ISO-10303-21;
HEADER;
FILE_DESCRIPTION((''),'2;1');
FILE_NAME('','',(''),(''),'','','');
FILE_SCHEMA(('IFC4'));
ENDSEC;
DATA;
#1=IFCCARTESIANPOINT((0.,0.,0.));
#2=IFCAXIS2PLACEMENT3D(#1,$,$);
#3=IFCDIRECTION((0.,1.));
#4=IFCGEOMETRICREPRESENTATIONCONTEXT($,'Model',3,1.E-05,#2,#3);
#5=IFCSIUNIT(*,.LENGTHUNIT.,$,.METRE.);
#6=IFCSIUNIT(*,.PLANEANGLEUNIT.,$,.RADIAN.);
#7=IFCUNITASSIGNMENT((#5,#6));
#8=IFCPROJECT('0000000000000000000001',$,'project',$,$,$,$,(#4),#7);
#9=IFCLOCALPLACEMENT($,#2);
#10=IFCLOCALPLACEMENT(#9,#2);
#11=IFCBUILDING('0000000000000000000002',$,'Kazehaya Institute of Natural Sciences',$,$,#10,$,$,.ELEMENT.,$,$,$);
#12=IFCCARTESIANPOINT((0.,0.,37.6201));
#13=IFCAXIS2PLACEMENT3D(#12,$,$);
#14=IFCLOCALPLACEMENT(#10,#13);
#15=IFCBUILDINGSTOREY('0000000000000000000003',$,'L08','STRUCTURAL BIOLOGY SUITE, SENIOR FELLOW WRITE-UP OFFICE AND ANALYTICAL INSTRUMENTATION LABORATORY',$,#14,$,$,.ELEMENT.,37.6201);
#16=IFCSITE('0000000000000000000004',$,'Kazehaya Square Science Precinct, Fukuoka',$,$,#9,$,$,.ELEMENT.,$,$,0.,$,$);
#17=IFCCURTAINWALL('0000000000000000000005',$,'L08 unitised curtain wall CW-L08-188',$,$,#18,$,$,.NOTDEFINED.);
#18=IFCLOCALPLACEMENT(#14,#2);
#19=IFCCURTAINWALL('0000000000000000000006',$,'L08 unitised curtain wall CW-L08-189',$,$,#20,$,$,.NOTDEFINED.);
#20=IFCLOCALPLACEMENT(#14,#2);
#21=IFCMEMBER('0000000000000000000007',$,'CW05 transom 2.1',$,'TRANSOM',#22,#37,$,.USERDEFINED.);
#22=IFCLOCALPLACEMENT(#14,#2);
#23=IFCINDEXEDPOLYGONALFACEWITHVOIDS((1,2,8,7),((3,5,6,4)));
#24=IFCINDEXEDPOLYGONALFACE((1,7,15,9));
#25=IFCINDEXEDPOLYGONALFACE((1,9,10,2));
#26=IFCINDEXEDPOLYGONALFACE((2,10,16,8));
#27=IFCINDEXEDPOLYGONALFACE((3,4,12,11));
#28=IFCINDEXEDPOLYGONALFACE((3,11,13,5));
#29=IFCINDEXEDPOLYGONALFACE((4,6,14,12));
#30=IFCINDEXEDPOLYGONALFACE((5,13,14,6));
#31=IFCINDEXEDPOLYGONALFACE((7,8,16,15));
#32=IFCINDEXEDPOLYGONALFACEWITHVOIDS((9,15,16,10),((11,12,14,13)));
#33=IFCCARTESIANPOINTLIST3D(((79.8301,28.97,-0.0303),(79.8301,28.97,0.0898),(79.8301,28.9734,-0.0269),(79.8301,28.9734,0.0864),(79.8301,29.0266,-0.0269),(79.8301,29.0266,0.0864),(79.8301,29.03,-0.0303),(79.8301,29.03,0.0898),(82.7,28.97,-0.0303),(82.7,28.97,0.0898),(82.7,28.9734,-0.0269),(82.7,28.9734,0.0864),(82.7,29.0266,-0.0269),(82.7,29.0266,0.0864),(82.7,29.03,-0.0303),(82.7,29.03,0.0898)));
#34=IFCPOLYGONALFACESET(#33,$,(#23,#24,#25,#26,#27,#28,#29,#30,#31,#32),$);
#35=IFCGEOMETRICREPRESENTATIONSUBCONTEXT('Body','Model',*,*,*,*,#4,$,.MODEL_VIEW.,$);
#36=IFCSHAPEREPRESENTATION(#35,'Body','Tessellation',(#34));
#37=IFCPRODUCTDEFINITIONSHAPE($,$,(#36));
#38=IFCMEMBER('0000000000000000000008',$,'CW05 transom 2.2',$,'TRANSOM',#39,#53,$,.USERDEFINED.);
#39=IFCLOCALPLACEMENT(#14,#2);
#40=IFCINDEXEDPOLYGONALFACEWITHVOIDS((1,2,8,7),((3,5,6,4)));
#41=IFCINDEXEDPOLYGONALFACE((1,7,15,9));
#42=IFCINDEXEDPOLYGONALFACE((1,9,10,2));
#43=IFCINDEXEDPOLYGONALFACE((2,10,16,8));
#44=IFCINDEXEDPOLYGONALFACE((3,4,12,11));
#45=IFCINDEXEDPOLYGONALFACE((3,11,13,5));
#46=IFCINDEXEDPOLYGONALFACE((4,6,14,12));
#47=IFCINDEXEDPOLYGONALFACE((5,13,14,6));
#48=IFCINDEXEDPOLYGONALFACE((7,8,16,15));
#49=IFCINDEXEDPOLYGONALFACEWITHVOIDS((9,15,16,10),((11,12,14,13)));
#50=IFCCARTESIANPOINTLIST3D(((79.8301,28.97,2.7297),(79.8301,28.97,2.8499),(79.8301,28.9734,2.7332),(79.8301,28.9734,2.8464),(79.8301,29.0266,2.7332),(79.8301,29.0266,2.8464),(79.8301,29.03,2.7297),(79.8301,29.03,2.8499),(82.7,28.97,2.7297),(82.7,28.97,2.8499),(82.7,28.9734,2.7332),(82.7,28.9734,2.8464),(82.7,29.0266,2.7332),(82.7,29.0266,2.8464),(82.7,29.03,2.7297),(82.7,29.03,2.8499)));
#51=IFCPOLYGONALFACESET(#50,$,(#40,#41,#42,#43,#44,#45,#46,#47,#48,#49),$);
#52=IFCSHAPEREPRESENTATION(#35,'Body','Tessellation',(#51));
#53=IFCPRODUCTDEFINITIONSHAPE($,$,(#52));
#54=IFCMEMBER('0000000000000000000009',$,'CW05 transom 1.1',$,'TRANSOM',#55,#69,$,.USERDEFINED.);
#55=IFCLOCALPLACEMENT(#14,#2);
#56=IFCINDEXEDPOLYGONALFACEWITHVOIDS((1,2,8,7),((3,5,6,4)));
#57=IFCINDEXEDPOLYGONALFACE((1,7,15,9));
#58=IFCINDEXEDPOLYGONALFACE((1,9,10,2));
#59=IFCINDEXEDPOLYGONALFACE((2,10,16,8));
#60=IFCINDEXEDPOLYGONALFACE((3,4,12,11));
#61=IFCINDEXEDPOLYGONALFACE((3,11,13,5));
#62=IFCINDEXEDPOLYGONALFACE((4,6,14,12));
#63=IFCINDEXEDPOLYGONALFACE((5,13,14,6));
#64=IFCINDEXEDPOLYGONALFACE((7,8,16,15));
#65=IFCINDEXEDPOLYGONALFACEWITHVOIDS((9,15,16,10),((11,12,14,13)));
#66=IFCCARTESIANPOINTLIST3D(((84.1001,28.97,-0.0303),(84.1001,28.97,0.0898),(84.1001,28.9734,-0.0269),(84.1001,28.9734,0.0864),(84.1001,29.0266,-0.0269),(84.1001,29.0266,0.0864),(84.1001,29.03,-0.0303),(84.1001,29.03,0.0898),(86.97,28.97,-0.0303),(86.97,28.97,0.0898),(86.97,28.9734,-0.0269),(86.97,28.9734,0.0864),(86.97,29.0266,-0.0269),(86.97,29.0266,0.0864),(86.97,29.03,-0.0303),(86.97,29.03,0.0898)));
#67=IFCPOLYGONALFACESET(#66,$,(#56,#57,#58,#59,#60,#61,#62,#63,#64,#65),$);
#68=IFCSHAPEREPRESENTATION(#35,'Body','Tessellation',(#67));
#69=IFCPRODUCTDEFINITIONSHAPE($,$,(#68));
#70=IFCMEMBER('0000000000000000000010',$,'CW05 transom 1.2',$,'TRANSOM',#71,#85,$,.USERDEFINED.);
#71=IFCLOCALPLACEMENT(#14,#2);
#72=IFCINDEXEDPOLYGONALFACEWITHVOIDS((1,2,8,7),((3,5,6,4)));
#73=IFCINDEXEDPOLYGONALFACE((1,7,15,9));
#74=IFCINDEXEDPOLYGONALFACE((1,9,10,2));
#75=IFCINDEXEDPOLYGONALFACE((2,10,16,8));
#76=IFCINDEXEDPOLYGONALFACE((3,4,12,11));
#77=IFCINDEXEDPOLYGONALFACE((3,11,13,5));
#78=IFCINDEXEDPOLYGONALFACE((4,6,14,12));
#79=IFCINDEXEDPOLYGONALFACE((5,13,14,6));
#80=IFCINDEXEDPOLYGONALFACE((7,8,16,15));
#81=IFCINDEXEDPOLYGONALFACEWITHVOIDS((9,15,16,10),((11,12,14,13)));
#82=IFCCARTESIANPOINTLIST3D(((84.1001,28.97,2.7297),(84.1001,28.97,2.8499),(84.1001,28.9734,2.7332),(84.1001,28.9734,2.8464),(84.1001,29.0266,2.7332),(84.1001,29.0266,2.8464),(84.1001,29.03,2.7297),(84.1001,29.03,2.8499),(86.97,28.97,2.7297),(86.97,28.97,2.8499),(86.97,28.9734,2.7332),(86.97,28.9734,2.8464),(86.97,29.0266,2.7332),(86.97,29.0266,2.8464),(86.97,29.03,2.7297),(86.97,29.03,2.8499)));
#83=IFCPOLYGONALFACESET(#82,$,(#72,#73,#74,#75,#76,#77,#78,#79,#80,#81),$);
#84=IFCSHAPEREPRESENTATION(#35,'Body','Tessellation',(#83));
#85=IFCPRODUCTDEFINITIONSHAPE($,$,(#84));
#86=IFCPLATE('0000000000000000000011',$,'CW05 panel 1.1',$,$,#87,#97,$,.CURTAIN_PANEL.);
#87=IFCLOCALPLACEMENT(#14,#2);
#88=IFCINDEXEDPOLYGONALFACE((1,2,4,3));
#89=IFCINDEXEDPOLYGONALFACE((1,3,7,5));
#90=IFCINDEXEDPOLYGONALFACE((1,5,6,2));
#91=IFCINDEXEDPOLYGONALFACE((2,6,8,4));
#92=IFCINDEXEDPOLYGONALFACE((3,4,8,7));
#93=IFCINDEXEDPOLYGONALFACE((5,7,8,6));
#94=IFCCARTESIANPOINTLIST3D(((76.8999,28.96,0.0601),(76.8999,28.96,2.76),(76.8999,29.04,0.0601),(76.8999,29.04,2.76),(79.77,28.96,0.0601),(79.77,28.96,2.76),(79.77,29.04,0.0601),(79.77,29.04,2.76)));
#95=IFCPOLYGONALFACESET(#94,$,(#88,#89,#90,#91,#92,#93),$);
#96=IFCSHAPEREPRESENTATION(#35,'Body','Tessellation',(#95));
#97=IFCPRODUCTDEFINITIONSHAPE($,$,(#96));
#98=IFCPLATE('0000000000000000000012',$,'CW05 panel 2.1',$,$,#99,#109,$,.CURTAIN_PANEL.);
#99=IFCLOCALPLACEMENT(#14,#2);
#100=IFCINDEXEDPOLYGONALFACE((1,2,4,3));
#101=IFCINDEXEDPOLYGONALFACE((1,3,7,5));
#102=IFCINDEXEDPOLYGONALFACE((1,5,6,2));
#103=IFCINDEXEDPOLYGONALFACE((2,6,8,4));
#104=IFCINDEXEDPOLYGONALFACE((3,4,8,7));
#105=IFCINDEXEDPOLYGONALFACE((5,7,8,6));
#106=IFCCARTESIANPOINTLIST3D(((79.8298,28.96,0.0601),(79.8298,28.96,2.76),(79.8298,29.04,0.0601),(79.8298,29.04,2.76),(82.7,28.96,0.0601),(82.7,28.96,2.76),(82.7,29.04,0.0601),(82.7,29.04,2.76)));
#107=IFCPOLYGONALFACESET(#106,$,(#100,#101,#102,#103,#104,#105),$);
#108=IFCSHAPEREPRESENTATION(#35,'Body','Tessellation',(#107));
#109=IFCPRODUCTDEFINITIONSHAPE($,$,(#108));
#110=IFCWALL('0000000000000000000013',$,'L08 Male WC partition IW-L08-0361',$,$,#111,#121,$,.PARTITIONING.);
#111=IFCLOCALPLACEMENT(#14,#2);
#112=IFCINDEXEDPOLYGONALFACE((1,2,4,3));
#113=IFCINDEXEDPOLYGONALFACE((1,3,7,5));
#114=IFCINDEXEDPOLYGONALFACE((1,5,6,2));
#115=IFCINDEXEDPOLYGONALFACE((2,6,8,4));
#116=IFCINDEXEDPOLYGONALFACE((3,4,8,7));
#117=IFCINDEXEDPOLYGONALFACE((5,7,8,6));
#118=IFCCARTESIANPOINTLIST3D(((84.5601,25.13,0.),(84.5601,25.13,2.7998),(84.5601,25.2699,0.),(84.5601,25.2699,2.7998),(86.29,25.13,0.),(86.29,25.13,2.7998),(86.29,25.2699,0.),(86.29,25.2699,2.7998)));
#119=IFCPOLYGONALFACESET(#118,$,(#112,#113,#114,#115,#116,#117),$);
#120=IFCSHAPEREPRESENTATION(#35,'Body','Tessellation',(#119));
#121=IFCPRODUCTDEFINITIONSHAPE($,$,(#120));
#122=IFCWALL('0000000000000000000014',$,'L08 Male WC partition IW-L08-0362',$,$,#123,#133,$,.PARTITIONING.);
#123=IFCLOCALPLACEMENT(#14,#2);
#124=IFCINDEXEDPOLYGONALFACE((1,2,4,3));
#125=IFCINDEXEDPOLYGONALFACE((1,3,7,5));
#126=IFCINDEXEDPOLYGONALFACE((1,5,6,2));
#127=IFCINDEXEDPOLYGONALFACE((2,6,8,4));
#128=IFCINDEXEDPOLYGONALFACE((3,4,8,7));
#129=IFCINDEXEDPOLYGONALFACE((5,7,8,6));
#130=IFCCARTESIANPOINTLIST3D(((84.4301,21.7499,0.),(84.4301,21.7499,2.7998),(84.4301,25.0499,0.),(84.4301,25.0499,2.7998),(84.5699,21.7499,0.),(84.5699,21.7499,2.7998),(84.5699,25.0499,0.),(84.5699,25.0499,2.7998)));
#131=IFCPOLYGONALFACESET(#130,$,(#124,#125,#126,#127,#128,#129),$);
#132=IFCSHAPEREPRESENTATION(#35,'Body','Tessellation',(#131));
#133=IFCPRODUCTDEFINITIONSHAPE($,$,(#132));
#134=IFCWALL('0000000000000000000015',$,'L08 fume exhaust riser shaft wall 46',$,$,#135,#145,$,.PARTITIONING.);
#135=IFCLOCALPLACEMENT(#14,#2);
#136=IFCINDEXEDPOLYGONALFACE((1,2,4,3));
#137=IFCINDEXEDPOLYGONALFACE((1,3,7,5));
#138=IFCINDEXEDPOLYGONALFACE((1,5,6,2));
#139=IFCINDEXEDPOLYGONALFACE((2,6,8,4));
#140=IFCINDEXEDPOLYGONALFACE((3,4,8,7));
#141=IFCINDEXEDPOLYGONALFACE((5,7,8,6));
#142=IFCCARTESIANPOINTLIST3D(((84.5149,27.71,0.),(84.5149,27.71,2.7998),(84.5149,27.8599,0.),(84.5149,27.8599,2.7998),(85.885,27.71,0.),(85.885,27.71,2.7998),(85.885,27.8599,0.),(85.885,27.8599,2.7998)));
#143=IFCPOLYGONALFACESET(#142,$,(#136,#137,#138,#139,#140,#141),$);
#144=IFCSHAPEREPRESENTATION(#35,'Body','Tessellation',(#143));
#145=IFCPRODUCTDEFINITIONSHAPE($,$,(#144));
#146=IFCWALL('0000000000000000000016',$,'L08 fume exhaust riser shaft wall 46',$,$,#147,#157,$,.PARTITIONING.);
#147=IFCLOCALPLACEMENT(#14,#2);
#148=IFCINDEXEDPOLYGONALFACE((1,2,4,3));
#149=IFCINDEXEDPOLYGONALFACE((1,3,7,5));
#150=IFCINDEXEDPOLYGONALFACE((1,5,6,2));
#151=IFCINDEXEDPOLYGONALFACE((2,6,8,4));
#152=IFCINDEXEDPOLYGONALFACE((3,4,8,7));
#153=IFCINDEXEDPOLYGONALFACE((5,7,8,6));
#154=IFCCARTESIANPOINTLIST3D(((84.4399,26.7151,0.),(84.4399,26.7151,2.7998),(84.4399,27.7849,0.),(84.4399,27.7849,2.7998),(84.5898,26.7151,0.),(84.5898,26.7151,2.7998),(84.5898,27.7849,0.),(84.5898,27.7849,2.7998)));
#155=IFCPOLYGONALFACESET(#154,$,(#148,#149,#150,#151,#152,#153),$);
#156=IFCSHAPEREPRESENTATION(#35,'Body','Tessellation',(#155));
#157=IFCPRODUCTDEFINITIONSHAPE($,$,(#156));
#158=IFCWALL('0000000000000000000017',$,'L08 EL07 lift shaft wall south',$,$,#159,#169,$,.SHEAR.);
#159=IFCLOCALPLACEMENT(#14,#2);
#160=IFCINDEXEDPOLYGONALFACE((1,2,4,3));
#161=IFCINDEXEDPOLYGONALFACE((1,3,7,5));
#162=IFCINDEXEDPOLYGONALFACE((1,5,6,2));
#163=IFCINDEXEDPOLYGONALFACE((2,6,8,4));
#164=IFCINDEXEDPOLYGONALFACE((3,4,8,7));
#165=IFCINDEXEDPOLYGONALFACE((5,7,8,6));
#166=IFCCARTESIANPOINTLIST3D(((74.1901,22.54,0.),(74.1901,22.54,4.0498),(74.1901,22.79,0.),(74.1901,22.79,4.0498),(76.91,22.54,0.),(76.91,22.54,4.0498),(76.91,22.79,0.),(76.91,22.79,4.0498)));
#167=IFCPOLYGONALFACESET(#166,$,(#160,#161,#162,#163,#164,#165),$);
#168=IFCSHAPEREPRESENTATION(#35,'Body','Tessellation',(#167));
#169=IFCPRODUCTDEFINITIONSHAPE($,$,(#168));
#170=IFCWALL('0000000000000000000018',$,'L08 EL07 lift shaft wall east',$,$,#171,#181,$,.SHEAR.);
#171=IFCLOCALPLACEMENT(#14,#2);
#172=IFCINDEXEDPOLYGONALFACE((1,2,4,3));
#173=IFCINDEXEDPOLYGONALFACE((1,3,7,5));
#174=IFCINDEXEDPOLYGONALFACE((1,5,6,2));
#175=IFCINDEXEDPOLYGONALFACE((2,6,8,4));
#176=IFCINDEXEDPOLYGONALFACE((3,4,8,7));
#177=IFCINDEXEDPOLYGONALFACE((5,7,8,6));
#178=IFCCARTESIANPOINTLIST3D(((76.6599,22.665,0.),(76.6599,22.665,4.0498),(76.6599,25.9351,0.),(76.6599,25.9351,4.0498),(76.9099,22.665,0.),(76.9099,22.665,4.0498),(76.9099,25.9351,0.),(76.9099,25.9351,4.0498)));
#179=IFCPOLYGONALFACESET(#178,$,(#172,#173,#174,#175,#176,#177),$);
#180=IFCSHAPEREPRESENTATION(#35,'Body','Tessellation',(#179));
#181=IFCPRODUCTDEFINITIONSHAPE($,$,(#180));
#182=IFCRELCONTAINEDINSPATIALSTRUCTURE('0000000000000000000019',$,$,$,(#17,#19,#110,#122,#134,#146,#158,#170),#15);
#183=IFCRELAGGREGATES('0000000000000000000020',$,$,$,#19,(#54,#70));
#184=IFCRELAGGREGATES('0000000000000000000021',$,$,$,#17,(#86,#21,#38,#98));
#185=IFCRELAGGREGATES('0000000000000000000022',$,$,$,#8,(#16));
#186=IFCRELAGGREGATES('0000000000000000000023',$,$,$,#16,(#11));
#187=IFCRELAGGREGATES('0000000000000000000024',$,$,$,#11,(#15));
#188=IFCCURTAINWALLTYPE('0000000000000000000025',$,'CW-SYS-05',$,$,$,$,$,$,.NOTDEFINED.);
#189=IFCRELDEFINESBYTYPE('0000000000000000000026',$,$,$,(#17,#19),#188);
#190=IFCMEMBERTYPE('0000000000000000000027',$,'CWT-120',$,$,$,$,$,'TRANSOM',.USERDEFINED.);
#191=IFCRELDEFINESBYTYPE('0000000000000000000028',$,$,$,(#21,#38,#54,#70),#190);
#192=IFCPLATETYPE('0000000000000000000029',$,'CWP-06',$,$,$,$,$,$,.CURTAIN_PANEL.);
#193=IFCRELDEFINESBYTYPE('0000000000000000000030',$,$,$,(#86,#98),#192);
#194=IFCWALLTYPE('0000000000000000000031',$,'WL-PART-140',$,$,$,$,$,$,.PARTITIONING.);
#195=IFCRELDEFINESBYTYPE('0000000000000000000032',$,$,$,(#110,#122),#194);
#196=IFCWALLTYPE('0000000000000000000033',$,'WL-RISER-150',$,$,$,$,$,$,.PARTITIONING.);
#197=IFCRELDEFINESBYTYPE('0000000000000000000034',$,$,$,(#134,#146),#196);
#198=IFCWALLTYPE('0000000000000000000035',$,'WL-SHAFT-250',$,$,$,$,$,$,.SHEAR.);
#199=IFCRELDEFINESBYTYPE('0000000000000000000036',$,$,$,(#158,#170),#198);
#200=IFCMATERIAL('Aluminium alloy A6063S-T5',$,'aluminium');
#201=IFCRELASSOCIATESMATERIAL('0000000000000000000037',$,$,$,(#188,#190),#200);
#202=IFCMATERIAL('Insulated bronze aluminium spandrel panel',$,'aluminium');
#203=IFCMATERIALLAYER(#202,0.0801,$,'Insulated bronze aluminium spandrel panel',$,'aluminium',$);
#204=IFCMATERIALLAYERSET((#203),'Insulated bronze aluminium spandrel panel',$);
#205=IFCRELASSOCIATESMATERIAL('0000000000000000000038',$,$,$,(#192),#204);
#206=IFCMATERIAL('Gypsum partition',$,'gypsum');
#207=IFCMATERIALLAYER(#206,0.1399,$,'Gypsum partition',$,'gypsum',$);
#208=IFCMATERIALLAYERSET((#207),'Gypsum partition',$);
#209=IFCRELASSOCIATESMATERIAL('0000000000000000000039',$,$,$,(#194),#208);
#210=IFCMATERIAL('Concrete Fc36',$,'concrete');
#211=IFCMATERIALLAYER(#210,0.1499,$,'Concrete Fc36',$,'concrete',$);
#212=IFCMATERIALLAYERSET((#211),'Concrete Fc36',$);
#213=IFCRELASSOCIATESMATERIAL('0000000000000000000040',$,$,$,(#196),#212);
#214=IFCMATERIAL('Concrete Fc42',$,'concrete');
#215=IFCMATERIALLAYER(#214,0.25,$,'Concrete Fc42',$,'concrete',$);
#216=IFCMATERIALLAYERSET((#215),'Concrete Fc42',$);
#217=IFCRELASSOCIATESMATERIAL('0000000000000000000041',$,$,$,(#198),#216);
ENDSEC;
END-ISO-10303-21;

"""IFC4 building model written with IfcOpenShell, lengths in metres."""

from ifc_helpers import new_model, si_unit, direction, frame, frame_2d, origin, origin_2d, place, context, subcontext, project, spatial, rectangle, hollow_rectangle, extrude, material, layer, layer_set, material_profile, profile_set, type_object, element, aggregate, save


model = new_model("IFC4")

# Units and contexts
model_context = context("Model", 3, precision=1e-05, world=origin(), true_north=direction((0.0, 1.0)))
body_context = subcontext(model_context, "Body", "Model", "MODEL_VIEW")
ifc_project = project(units=[si_unit("LENGTHUNIT", "METRE"), si_unit("PLANEANGLEUNIT", "RADIAN")], contexts=[model_context])

# Site, building, storey
site_placement = place(None, origin())
site = spatial("IfcSite", under=ifc_project, at=site_placement, Name="Kazehaya Square Science Precinct, Fukuoka", CompositionType="ELEMENT", RefElevation=0.0)
building_placement = place(site_placement, origin())
building = spatial("IfcBuilding", under=site, at=building_placement, Name="Kazehaya Institute of Natural Sciences", CompositionType="ELEMENT")
storey_placement = place(building_placement, frame((0.0, 0.0, 37.6201)))
storey = spatial("IfcBuildingStorey", under=building, at=storey_placement, Name="L08", Description="STRUCTURAL BIOLOGY SUITE, SENIOR FELLOW WRITE-UP OFFICE AND ANALYTICAL INSTRUMENTATION LABORATORY", CompositionType="ELEMENT", Elevation=37.6201)

# Shared definitions
ifc_material_1 = material(Name="Concrete Fc36", Category="concrete")

# Curtain wall
ifc_material_2 = material(Name="Aluminium alloy A6063S-T5", Category="aluminium")
curtain_wall_type = type_object("IfcCurtainWallType", Name="CW-SYS-05", PredefinedType="NOTDEFINED", material=ifc_material_2)
curtain_wall_1_placement = place(storey_placement, origin())
curtain_wall_1 = element("IfcCurtainWall", 1, at=curtain_wall_1_placement, inside=storey, type_object=curtain_wall_type, Name="L08 unitised curtain wall CW-L08-188", PredefinedType="NOTDEFINED")

# Curtain wall
curtain_wall_2_placement = place(storey_placement, origin())
curtain_wall_2 = element("IfcCurtainWall", 2, at=curtain_wall_2_placement, inside=storey, type_object=curtain_wall_type, Name="L08 unitised curtain wall CW-L08-189", PredefinedType="NOTDEFINED")

# Members
ifc_material_profile_1 = material_profile(ifc_material_2, hollow_rectangle(XDim=0.0601, YDim=0.1201, WallThickness=0.0034, at=origin_2d()), Name="ALU-60x120x3.5")
ifc_profile_set_1 = profile_set([ifc_material_profile_1], Name="Aluminium alloy A6063S-T5")
member_type_1 = type_object("IfcMemberType", Name="CWT-120", ElementType="TRANSOM", PredefinedType="USERDEFINED", material=ifc_profile_set_1)
member_1_placement = place(storey_placement, frame((79.8301, 29.0, 0.0298), z_axis=(1.0, 0.0, 0.0), x_axis=(0.0, 1.0, 0.0)))
member_1 = element("IfcMember", 3, at=member_1_placement, type_object=member_type_1, Name="CW05 transom 2.1", ObjectType="TRANSOM", PredefinedType="USERDEFINED", context=body_context, shape_type="SweptSolid", body=[
    extrude(hollow_rectangle(XDim=0.0601, YDim=0.1201, WallThickness=0.0034, at=origin_2d()), origin(), (0.0, 0.0, 1.0), 2.8699),
])
member_2_placement = place(storey_placement, frame((79.8301, 29.0, 2.7898), z_axis=(1.0, 0.0, 0.0), x_axis=(0.0, 1.0, 0.0)))
member_2 = element("IfcMember", 4, at=member_2_placement, type_object=member_type_1, Name="CW05 transom 2.2", ObjectType="TRANSOM", PredefinedType="USERDEFINED", context=body_context, shape_type="SweptSolid", body=[
    extrude(hollow_rectangle(XDim=0.0601, YDim=0.1201, WallThickness=0.0034, at=origin_2d()), origin(), (0.0, 0.0, 1.0), 2.8699),
])
member_3_placement = place(storey_placement, frame((84.1001, 29.0, 0.0298), z_axis=(1.0, 0.0, 0.0), x_axis=(0.0, 1.0, 0.0)))
member_3 = element("IfcMember", 5, at=member_3_placement, type_object=member_type_1, Name="CW05 transom 1.1", ObjectType="TRANSOM", PredefinedType="USERDEFINED", context=body_context, shape_type="SweptSolid", body=[
    extrude(hollow_rectangle(XDim=0.0601, YDim=0.1201, WallThickness=0.0034, at=origin_2d()), origin(), (0.0, 0.0, 1.0), 2.8699),
])
member_4_placement = place(storey_placement, frame((84.1001, 29.0, 2.7898), z_axis=(1.0, 0.0, 0.0), x_axis=(0.0, 1.0, 0.0)))
member_4 = element("IfcMember", 6, at=member_4_placement, type_object=member_type_1, Name="CW05 transom 1.2", ObjectType="TRANSOM", PredefinedType="USERDEFINED", context=body_context, shape_type="SweptSolid", body=[
    extrude(hollow_rectangle(XDim=0.0601, YDim=0.1201, WallThickness=0.0034, at=origin_2d()), origin(), (0.0, 0.0, 1.0), 2.8699),
])
aggregate(curtain_wall_2, [member_3, member_4])

# Plates
ifc_material_3 = material(Name="Insulated bronze aluminium spandrel panel", Category="aluminium")
ifc_layer_1 = layer(ifc_material_3, 0.0801, Name="Insulated bronze aluminium spandrel panel", Category="aluminium")
ifc_layer_set_1 = layer_set([ifc_layer_1], Name="Insulated bronze aluminium spandrel panel")
plate_type = type_object("IfcPlateType", Name="CWP-06", PredefinedType="CURTAIN_PANEL", material=ifc_layer_set_1)
plate_1_placement = place(storey_placement, frame((78.335, 29.0, 0.0601), z_axis=(0.0, 0.0, 1.0), x_axis=(1.0, 0.0, 0.0)))
plate_1 = element("IfcPlate", 7, at=plate_1_placement, type_object=plate_type, Name="CW05 panel 1.1", PredefinedType="CURTAIN_PANEL", context=body_context, shape_type="SweptSolid", body=[
    extrude(rectangle(XDim=2.8701, YDim=0.0801, at=origin_2d()), origin(), (0.0, 0.0, 1.0), 2.7),
])
plate_2_placement = place(storey_placement, frame((81.2649, 29.0, 0.0601), z_axis=(0.0, 0.0, 1.0), x_axis=(1.0, 0.0, 0.0)))
plate_2 = element("IfcPlate", 8, at=plate_2_placement, type_object=plate_type, Name="CW05 panel 2.1", PredefinedType="CURTAIN_PANEL", context=body_context, shape_type="SweptSolid", body=[
    extrude(rectangle(XDim=2.8701, YDim=0.0801, at=origin_2d()), origin(), (0.0, 0.0, 1.0), 2.7),
])
aggregate(curtain_wall_1, [plate_1, member_1, member_2, plate_2])

# Walls
ifc_material_4 = material(Name="Gypsum partition", Category="gypsum")
ifc_layer_2 = layer(ifc_material_4, 0.1399, Name="Gypsum partition", Category="gypsum")
ifc_layer_set_2 = layer_set([ifc_layer_2], Name="Gypsum partition")
wall_type_1 = type_object("IfcWallType", Name="WL-PART-140", PredefinedType="PARTITIONING", material=ifc_layer_set_2)
wall_1_placement = place(storey_placement, frame((84.5601, 25.2, 0.0), z_axis=(0.0, 0.0, 1.0), x_axis=(1.0, 0.0, 0.0)))
element("IfcWall", 9, at=wall_1_placement, inside=storey, type_object=wall_type_1, Name="L08 Male WC partition IW-L08-0361", PredefinedType="PARTITIONING", context=body_context, shape_type="SweptSolid", body=[
    extrude(rectangle(XDim=1.73, YDim=0.1399, at=frame_2d((0.865, 0.0))), origin(), (0.0, 0.0, 1.0), 2.7998),
])
wall_2_placement = place(storey_placement, frame((84.5, 21.75, 0.0), z_axis=(0.0, 0.0, 1.0), x_axis=(0.0, 1.0, 0.0)))
element("IfcWall", 10, at=wall_2_placement, inside=storey, type_object=wall_type_1, Name="L08 Male WC partition IW-L08-0362", PredefinedType="PARTITIONING", context=body_context, shape_type="SweptSolid", body=[
    extrude(rectangle(XDim=3.3, YDim=0.1399, at=frame_2d((1.6499, 0.0))), origin(), (0.0, 0.0, 1.0), 2.7998),
])
ifc_layer_3 = layer(ifc_material_1, 0.1499, Name="Concrete Fc36", Category="concrete")
ifc_layer_set_3 = layer_set([ifc_layer_3], Name="Concrete Fc36")
wall_type_2 = type_object("IfcWallType", Name="WL-RISER-150", PredefinedType="PARTITIONING", material=ifc_layer_set_3)
wall_3_placement = place(storey_placement, frame((84.5149, 27.7849, 0.0), z_axis=(0.0, 0.0, 1.0), x_axis=(1.0, 0.0, 0.0)))
element("IfcWall", 11, at=wall_3_placement, inside=storey, type_object=wall_type_2, Name="L08 fume exhaust riser shaft wall 46", PredefinedType="PARTITIONING", context=body_context, shape_type="SweptSolid", body=[
    extrude(rectangle(XDim=1.3701, YDim=0.1499, at=frame_2d((0.6851, 0.0))), origin(), (0.0, 0.0, 1.0), 2.7998),
])
wall_4_placement = place(storey_placement, frame((84.5149, 26.7151, 0.0), z_axis=(0.0, 0.0, 1.0), x_axis=(0.0, 1.0, 0.0)))
element("IfcWall", 12, at=wall_4_placement, inside=storey, type_object=wall_type_2, Name="L08 fume exhaust riser shaft wall 46", PredefinedType="PARTITIONING", context=body_context, shape_type="SweptSolid", body=[
    extrude(rectangle(XDim=1.0698, YDim=0.1499, at=frame_2d((0.5349, 0.0))), origin(), (0.0, 0.0, 1.0), 2.7998),
])
ifc_material_5 = material(Name="Concrete Fc42", Category="concrete")
ifc_layer_4 = layer(ifc_material_5, 0.25, Name="Concrete Fc42", Category="concrete")
ifc_layer_set_4 = layer_set([ifc_layer_4], Name="Concrete Fc42")
wall_type_3 = type_object("IfcWallType", Name="WL-SHAFT-250", PredefinedType="SHEAR", material=ifc_layer_set_4)
wall_5_placement = place(storey_placement, frame((76.9099, 22.665, 0.0), z_axis=(0.0, 0.0, 1.0), x_axis=(-1.0, 0.0, 0.0)))
element("IfcWall", 13, at=wall_5_placement, inside=storey, type_object=wall_type_3, Name="L08 EL07 lift shaft wall south", PredefinedType="SHEAR", context=body_context, shape_type="SweptSolid", body=[
    extrude(rectangle(XDim=2.72, YDim=0.25, at=frame_2d((1.3599, 0.0))), origin(), (0.0, 0.0, 1.0), 4.0498),
])
wall_6_placement = place(storey_placement, frame((76.7849, 25.9351, 0.0), z_axis=(0.0, 0.0, 1.0), x_axis=(0.0, -1.0, 0.0)))
element("IfcWall", 14, at=wall_6_placement, inside=storey, type_object=wall_type_3, Name="L08 EL07 lift shaft wall east", PredefinedType="SHEAR", context=body_context, shape_type="SweptSolid", body=[
    extrude(rectangle(XDim=3.27, YDim=0.25, at=frame_2d((1.635, 0.0))), origin(), (0.0, 0.0, 1.0), 4.0498),
])

save(model, "model.ifc")
